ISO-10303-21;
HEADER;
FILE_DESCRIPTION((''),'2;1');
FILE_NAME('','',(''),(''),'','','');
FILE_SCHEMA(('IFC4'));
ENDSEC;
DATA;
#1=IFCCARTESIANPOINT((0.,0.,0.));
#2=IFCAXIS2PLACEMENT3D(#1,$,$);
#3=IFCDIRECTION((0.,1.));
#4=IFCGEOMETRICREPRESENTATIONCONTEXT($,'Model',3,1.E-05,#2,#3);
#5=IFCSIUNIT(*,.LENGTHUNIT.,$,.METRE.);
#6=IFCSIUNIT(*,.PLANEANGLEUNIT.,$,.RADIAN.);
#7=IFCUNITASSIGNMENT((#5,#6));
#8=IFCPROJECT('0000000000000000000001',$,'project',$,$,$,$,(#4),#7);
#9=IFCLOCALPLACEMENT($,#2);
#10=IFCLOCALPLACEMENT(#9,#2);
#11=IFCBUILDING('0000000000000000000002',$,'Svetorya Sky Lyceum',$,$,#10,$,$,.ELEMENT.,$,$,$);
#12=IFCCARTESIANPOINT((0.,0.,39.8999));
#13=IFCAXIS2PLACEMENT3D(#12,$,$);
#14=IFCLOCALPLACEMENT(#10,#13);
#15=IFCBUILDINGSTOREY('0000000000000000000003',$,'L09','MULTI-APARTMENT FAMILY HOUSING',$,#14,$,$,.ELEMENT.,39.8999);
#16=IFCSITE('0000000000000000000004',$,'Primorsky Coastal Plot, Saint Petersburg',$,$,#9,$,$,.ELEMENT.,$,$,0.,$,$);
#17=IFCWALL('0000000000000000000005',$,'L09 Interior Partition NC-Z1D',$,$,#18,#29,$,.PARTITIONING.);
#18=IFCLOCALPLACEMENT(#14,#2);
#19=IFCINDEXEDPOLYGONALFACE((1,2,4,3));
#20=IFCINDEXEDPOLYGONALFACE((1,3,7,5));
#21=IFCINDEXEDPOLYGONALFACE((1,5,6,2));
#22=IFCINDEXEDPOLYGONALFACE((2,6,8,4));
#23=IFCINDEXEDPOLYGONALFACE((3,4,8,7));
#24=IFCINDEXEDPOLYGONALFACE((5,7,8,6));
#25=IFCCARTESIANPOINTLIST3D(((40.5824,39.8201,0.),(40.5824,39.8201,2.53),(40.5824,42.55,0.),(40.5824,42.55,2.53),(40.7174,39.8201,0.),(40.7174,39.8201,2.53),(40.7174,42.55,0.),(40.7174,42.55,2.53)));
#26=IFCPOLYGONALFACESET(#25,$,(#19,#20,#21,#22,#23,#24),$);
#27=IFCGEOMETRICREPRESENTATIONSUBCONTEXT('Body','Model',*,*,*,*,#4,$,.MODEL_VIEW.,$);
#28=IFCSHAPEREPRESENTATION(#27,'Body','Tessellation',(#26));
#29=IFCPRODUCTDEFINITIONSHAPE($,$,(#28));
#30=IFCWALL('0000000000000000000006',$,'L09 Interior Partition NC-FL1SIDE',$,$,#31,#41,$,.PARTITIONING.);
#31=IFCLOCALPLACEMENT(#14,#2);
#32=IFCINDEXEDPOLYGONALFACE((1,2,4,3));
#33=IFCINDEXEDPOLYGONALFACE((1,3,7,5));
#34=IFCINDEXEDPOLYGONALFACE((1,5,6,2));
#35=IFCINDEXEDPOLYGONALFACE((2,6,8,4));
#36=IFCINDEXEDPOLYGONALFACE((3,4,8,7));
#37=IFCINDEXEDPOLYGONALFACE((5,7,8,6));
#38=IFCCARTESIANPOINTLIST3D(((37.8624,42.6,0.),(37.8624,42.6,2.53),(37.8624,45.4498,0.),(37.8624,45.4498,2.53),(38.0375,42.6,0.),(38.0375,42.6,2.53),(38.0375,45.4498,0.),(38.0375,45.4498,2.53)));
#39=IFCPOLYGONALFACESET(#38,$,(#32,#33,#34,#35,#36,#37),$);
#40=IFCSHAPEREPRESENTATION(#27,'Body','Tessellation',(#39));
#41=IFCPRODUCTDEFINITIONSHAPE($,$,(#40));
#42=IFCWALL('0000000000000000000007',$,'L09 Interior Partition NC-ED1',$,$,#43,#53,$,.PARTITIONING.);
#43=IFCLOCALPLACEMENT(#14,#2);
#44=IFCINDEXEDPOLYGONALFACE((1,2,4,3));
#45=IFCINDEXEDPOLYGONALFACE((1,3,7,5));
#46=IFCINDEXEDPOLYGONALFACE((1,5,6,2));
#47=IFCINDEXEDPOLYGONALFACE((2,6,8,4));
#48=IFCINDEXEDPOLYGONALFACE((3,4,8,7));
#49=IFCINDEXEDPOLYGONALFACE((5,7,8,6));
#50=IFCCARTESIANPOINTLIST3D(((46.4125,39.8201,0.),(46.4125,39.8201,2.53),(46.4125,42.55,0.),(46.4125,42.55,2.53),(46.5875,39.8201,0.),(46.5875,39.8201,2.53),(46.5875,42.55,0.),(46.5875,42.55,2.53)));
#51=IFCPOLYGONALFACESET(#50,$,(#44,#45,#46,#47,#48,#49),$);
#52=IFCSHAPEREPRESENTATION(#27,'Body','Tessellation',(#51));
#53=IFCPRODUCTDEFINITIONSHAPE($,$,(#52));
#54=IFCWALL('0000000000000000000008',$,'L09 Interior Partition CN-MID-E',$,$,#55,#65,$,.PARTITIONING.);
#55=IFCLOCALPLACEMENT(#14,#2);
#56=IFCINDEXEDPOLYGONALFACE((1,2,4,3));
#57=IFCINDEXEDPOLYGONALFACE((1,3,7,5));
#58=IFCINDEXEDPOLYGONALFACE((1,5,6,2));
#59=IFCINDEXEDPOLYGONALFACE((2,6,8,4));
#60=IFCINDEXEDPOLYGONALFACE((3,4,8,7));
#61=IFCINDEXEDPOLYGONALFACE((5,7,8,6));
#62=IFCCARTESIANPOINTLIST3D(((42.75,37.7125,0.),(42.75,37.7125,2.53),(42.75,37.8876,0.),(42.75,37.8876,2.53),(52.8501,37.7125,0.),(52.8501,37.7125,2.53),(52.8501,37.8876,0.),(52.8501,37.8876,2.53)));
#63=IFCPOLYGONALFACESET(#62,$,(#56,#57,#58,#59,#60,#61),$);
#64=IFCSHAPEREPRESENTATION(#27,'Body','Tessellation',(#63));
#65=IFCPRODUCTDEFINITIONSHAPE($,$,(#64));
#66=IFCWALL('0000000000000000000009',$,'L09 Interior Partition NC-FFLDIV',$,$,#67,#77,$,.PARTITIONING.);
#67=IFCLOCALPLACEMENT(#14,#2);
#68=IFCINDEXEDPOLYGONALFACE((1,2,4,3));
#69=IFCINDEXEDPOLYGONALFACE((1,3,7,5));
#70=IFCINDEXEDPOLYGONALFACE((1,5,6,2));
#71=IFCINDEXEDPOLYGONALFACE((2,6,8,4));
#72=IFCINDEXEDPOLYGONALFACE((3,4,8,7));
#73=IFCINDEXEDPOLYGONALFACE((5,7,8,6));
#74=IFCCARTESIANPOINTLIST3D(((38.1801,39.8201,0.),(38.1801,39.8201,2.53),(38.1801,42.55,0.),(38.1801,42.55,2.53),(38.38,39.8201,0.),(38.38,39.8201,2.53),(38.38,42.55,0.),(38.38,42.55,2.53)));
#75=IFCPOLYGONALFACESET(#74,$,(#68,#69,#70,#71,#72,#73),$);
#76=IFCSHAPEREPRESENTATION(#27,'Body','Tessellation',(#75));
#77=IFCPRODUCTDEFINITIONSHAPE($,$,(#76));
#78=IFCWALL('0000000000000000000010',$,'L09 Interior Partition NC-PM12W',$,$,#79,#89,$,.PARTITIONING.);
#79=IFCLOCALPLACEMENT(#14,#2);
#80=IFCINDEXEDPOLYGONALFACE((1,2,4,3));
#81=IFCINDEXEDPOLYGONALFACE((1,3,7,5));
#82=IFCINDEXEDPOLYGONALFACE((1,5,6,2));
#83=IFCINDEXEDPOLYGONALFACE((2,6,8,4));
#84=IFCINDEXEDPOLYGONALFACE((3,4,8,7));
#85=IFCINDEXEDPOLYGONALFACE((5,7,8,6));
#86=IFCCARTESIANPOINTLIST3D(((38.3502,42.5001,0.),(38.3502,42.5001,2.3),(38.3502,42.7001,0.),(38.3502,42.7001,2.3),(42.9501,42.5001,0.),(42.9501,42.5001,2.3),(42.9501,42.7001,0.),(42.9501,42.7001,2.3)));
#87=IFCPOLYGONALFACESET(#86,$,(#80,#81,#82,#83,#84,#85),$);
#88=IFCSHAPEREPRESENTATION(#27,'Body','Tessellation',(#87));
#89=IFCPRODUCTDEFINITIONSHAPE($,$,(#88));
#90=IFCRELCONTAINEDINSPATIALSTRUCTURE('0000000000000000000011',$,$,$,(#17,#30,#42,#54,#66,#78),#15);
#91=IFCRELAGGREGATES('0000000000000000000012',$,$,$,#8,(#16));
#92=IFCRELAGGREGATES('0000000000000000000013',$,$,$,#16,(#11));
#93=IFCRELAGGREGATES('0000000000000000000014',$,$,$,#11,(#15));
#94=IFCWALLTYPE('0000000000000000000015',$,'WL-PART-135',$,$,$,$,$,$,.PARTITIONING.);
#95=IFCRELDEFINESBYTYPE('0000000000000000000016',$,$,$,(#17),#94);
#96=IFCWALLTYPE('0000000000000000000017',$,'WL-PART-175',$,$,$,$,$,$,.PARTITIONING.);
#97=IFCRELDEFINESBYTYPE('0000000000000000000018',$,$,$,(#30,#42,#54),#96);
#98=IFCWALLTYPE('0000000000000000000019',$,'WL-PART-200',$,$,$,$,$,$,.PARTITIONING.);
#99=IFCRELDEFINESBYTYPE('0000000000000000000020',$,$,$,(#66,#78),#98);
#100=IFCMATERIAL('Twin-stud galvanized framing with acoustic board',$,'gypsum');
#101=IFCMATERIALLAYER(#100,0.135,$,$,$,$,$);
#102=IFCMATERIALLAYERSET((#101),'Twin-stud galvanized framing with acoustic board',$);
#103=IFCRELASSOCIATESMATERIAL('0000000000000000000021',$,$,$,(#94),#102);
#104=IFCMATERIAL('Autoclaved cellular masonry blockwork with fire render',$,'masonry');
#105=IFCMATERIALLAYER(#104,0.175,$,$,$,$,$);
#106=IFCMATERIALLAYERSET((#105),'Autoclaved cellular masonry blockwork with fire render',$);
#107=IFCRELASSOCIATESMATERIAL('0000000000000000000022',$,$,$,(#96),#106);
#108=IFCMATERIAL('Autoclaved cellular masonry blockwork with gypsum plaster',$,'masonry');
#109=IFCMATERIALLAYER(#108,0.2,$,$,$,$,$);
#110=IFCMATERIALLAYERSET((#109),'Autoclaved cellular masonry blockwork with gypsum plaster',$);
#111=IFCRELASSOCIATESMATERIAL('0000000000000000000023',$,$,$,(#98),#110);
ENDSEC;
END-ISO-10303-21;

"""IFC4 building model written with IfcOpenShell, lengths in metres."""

from ifc_helpers import new_model, si_unit, direction, frame, frame_2d, origin, place, context, subcontext, project, spatial, rectangle, extrude, material, layer, layer_set, type_object, element, save


model = new_model("IFC4")

# Units and contexts
model_context = context("Model", 3, precision=1e-05, world=origin(), true_north=direction((0.0, 1.0)))
body_context = subcontext(model_context, "Body", "Model", "MODEL_VIEW")
ifc_project = project(units=[si_unit("LENGTHUNIT", "METRE"), si_unit("PLANEANGLEUNIT", "RADIAN")], contexts=[model_context])

# Site, building, storey
site_placement = place(None, origin())
site = spatial("IfcSite", under=ifc_project, at=site_placement, Name="Primorsky Coastal Plot, Saint Petersburg", CompositionType="ELEMENT", RefElevation=0.0)
building_placement = place(site_placement, origin())
building = spatial("IfcBuilding", under=site, at=building_placement, Name="Svetorya Sky Lyceum", CompositionType="ELEMENT")
storey_placement = place(building_placement, frame((0.0, 0.0, 39.8999)))
storey = spatial("IfcBuildingStorey", under=building, at=storey_placement, Name="L09", Description="MULTI-APARTMENT FAMILY HOUSING", CompositionType="ELEMENT", Elevation=39.8999)

# Walls
ifc_material_1 = material(Name="Twin-stud galvanized framing with acoustic board", Category="gypsum")
ifc_layer_1 = layer(ifc_material_1, 0.135)
ifc_layer_set_1 = layer_set([ifc_layer_1], Name="Twin-stud galvanized framing with acoustic board")
wall_type_1 = type_object("IfcWallType", Name="WL-PART-135", PredefinedType="PARTITIONING", material=ifc_layer_set_1)
wall_1_placement = place(storey_placement, frame((40.6499, 39.8201, 0.0), z_axis=(0.0, 0.0, 1.0), x_axis=(0.0, 1.0, 0.0)))
element("IfcWall", 1, at=wall_1_placement, inside=storey, type_object=wall_type_1, Name="L09 Interior Partition NC-Z1D", PredefinedType="PARTITIONING", context=body_context, shape_type="SweptSolid", body=[
    extrude(rectangle(XDim=2.73, YDim=0.135, at=frame_2d((1.365, 0.0))), origin(), (0.0, 0.0, 1.0), 2.53),
])
ifc_material_2 = material(Name="Autoclaved cellular masonry blockwork with fire render", Category="masonry")
ifc_layer_2 = layer(ifc_material_2, 0.175)
ifc_layer_set_2 = layer_set([ifc_layer_2], Name="Autoclaved cellular masonry blockwork with fire render")
wall_type_2 = type_object("IfcWallType", Name="WL-PART-175", PredefinedType="PARTITIONING", material=ifc_layer_set_2)
wall_2_placement = place(storey_placement, frame((37.95, 42.6001, 0.0), z_axis=(0.0, 0.0, 1.0), x_axis=(0.0, 1.0, 0.0)))
element("IfcWall", 2, at=wall_2_placement, inside=storey, type_object=wall_type_2, Name="L09 Interior Partition NC-FL1SIDE", PredefinedType="PARTITIONING", context=body_context, shape_type="SweptSolid", body=[
    extrude(rectangle(XDim=2.8499, YDim=0.175, at=frame_2d((1.4248, 0.0))), origin(), (0.0, 0.0, 1.0), 2.53),
])
wall_3_placement = place(storey_placement, frame((46.5, 39.8201, 0.0), z_axis=(0.0, 0.0, 1.0), x_axis=(0.0, 1.0, 0.0)))
element("IfcWall", 3, at=wall_3_placement, inside=storey, type_object=wall_type_2, Name="L09 Interior Partition NC-ED1", PredefinedType="PARTITIONING", context=body_context, shape_type="SweptSolid", body=[
    extrude(rectangle(XDim=2.73, YDim=0.175, at=frame_2d((1.365, 0.0))), origin(), (0.0, 0.0, 1.0), 2.53),
])
wall_4_placement = place(storey_placement, frame((42.75, 37.8, 0.0), z_axis=(0.0, 0.0, 1.0), x_axis=(1.0, 0.0, 0.0)))
element("IfcWall", 4, at=wall_4_placement, inside=storey, type_object=wall_type_2, Name="L09 Interior Partition CN-MID-E", PredefinedType="PARTITIONING", context=body_context, shape_type="SweptSolid", body=[
    extrude(rectangle(XDim=10.1001, YDim=0.175, at=frame_2d((5.05, 0.0))), origin(), (0.0, 0.0, 1.0), 2.53),
])

# Shared definitions
ifc_material_3 = material(Name="Autoclaved cellular masonry blockwork with gypsum plaster", Category="masonry")
ifc_layer_3 = layer(ifc_material_3, 0.2)
ifc_layer_set_3 = layer_set([ifc_layer_3], Name="Autoclaved cellular masonry blockwork with gypsum plaster")
wall_type_3 = type_object("IfcWallType", Name="WL-PART-200", PredefinedType="PARTITIONING", material=ifc_layer_set_3)

# Walls
wall_5_placement = place(storey_placement, frame((38.28, 39.8201, 0.0), z_axis=(0.0, 0.0, 1.0), x_axis=(0.0, 1.0, 0.0)))
element("IfcWall", 5, at=wall_5_placement, inside=storey, type_object=wall_type_3, Name="L09 Interior Partition NC-FFLDIV", PredefinedType="PARTITIONING", context=body_context, shape_type="SweptSolid", body=[
    extrude(rectangle(XDim=2.73, YDim=0.2, at=frame_2d((1.365, 0.0))), origin(), (0.0, 0.0, 1.0), 2.53),
])
wall_6_placement = place(storey_placement, frame((42.95, 42.6001, 0.0), z_axis=(0.0, 0.0, 1.0), x_axis=(-1.0, 0.0, 0.0)))
element("IfcWall", 6, at=wall_6_placement, inside=storey, type_object=wall_type_3, Name="L09 Interior Partition NC-PM12W", PredefinedType="PARTITIONING", context=body_context, shape_type="SweptSolid", body=[
    extrude(rectangle(XDim=4.5999, YDim=0.2, at=frame_2d((2.2998, 0.0))), origin(), (0.0, 0.0, 1.0), 2.3),
])

save(model, "model.ifc")
